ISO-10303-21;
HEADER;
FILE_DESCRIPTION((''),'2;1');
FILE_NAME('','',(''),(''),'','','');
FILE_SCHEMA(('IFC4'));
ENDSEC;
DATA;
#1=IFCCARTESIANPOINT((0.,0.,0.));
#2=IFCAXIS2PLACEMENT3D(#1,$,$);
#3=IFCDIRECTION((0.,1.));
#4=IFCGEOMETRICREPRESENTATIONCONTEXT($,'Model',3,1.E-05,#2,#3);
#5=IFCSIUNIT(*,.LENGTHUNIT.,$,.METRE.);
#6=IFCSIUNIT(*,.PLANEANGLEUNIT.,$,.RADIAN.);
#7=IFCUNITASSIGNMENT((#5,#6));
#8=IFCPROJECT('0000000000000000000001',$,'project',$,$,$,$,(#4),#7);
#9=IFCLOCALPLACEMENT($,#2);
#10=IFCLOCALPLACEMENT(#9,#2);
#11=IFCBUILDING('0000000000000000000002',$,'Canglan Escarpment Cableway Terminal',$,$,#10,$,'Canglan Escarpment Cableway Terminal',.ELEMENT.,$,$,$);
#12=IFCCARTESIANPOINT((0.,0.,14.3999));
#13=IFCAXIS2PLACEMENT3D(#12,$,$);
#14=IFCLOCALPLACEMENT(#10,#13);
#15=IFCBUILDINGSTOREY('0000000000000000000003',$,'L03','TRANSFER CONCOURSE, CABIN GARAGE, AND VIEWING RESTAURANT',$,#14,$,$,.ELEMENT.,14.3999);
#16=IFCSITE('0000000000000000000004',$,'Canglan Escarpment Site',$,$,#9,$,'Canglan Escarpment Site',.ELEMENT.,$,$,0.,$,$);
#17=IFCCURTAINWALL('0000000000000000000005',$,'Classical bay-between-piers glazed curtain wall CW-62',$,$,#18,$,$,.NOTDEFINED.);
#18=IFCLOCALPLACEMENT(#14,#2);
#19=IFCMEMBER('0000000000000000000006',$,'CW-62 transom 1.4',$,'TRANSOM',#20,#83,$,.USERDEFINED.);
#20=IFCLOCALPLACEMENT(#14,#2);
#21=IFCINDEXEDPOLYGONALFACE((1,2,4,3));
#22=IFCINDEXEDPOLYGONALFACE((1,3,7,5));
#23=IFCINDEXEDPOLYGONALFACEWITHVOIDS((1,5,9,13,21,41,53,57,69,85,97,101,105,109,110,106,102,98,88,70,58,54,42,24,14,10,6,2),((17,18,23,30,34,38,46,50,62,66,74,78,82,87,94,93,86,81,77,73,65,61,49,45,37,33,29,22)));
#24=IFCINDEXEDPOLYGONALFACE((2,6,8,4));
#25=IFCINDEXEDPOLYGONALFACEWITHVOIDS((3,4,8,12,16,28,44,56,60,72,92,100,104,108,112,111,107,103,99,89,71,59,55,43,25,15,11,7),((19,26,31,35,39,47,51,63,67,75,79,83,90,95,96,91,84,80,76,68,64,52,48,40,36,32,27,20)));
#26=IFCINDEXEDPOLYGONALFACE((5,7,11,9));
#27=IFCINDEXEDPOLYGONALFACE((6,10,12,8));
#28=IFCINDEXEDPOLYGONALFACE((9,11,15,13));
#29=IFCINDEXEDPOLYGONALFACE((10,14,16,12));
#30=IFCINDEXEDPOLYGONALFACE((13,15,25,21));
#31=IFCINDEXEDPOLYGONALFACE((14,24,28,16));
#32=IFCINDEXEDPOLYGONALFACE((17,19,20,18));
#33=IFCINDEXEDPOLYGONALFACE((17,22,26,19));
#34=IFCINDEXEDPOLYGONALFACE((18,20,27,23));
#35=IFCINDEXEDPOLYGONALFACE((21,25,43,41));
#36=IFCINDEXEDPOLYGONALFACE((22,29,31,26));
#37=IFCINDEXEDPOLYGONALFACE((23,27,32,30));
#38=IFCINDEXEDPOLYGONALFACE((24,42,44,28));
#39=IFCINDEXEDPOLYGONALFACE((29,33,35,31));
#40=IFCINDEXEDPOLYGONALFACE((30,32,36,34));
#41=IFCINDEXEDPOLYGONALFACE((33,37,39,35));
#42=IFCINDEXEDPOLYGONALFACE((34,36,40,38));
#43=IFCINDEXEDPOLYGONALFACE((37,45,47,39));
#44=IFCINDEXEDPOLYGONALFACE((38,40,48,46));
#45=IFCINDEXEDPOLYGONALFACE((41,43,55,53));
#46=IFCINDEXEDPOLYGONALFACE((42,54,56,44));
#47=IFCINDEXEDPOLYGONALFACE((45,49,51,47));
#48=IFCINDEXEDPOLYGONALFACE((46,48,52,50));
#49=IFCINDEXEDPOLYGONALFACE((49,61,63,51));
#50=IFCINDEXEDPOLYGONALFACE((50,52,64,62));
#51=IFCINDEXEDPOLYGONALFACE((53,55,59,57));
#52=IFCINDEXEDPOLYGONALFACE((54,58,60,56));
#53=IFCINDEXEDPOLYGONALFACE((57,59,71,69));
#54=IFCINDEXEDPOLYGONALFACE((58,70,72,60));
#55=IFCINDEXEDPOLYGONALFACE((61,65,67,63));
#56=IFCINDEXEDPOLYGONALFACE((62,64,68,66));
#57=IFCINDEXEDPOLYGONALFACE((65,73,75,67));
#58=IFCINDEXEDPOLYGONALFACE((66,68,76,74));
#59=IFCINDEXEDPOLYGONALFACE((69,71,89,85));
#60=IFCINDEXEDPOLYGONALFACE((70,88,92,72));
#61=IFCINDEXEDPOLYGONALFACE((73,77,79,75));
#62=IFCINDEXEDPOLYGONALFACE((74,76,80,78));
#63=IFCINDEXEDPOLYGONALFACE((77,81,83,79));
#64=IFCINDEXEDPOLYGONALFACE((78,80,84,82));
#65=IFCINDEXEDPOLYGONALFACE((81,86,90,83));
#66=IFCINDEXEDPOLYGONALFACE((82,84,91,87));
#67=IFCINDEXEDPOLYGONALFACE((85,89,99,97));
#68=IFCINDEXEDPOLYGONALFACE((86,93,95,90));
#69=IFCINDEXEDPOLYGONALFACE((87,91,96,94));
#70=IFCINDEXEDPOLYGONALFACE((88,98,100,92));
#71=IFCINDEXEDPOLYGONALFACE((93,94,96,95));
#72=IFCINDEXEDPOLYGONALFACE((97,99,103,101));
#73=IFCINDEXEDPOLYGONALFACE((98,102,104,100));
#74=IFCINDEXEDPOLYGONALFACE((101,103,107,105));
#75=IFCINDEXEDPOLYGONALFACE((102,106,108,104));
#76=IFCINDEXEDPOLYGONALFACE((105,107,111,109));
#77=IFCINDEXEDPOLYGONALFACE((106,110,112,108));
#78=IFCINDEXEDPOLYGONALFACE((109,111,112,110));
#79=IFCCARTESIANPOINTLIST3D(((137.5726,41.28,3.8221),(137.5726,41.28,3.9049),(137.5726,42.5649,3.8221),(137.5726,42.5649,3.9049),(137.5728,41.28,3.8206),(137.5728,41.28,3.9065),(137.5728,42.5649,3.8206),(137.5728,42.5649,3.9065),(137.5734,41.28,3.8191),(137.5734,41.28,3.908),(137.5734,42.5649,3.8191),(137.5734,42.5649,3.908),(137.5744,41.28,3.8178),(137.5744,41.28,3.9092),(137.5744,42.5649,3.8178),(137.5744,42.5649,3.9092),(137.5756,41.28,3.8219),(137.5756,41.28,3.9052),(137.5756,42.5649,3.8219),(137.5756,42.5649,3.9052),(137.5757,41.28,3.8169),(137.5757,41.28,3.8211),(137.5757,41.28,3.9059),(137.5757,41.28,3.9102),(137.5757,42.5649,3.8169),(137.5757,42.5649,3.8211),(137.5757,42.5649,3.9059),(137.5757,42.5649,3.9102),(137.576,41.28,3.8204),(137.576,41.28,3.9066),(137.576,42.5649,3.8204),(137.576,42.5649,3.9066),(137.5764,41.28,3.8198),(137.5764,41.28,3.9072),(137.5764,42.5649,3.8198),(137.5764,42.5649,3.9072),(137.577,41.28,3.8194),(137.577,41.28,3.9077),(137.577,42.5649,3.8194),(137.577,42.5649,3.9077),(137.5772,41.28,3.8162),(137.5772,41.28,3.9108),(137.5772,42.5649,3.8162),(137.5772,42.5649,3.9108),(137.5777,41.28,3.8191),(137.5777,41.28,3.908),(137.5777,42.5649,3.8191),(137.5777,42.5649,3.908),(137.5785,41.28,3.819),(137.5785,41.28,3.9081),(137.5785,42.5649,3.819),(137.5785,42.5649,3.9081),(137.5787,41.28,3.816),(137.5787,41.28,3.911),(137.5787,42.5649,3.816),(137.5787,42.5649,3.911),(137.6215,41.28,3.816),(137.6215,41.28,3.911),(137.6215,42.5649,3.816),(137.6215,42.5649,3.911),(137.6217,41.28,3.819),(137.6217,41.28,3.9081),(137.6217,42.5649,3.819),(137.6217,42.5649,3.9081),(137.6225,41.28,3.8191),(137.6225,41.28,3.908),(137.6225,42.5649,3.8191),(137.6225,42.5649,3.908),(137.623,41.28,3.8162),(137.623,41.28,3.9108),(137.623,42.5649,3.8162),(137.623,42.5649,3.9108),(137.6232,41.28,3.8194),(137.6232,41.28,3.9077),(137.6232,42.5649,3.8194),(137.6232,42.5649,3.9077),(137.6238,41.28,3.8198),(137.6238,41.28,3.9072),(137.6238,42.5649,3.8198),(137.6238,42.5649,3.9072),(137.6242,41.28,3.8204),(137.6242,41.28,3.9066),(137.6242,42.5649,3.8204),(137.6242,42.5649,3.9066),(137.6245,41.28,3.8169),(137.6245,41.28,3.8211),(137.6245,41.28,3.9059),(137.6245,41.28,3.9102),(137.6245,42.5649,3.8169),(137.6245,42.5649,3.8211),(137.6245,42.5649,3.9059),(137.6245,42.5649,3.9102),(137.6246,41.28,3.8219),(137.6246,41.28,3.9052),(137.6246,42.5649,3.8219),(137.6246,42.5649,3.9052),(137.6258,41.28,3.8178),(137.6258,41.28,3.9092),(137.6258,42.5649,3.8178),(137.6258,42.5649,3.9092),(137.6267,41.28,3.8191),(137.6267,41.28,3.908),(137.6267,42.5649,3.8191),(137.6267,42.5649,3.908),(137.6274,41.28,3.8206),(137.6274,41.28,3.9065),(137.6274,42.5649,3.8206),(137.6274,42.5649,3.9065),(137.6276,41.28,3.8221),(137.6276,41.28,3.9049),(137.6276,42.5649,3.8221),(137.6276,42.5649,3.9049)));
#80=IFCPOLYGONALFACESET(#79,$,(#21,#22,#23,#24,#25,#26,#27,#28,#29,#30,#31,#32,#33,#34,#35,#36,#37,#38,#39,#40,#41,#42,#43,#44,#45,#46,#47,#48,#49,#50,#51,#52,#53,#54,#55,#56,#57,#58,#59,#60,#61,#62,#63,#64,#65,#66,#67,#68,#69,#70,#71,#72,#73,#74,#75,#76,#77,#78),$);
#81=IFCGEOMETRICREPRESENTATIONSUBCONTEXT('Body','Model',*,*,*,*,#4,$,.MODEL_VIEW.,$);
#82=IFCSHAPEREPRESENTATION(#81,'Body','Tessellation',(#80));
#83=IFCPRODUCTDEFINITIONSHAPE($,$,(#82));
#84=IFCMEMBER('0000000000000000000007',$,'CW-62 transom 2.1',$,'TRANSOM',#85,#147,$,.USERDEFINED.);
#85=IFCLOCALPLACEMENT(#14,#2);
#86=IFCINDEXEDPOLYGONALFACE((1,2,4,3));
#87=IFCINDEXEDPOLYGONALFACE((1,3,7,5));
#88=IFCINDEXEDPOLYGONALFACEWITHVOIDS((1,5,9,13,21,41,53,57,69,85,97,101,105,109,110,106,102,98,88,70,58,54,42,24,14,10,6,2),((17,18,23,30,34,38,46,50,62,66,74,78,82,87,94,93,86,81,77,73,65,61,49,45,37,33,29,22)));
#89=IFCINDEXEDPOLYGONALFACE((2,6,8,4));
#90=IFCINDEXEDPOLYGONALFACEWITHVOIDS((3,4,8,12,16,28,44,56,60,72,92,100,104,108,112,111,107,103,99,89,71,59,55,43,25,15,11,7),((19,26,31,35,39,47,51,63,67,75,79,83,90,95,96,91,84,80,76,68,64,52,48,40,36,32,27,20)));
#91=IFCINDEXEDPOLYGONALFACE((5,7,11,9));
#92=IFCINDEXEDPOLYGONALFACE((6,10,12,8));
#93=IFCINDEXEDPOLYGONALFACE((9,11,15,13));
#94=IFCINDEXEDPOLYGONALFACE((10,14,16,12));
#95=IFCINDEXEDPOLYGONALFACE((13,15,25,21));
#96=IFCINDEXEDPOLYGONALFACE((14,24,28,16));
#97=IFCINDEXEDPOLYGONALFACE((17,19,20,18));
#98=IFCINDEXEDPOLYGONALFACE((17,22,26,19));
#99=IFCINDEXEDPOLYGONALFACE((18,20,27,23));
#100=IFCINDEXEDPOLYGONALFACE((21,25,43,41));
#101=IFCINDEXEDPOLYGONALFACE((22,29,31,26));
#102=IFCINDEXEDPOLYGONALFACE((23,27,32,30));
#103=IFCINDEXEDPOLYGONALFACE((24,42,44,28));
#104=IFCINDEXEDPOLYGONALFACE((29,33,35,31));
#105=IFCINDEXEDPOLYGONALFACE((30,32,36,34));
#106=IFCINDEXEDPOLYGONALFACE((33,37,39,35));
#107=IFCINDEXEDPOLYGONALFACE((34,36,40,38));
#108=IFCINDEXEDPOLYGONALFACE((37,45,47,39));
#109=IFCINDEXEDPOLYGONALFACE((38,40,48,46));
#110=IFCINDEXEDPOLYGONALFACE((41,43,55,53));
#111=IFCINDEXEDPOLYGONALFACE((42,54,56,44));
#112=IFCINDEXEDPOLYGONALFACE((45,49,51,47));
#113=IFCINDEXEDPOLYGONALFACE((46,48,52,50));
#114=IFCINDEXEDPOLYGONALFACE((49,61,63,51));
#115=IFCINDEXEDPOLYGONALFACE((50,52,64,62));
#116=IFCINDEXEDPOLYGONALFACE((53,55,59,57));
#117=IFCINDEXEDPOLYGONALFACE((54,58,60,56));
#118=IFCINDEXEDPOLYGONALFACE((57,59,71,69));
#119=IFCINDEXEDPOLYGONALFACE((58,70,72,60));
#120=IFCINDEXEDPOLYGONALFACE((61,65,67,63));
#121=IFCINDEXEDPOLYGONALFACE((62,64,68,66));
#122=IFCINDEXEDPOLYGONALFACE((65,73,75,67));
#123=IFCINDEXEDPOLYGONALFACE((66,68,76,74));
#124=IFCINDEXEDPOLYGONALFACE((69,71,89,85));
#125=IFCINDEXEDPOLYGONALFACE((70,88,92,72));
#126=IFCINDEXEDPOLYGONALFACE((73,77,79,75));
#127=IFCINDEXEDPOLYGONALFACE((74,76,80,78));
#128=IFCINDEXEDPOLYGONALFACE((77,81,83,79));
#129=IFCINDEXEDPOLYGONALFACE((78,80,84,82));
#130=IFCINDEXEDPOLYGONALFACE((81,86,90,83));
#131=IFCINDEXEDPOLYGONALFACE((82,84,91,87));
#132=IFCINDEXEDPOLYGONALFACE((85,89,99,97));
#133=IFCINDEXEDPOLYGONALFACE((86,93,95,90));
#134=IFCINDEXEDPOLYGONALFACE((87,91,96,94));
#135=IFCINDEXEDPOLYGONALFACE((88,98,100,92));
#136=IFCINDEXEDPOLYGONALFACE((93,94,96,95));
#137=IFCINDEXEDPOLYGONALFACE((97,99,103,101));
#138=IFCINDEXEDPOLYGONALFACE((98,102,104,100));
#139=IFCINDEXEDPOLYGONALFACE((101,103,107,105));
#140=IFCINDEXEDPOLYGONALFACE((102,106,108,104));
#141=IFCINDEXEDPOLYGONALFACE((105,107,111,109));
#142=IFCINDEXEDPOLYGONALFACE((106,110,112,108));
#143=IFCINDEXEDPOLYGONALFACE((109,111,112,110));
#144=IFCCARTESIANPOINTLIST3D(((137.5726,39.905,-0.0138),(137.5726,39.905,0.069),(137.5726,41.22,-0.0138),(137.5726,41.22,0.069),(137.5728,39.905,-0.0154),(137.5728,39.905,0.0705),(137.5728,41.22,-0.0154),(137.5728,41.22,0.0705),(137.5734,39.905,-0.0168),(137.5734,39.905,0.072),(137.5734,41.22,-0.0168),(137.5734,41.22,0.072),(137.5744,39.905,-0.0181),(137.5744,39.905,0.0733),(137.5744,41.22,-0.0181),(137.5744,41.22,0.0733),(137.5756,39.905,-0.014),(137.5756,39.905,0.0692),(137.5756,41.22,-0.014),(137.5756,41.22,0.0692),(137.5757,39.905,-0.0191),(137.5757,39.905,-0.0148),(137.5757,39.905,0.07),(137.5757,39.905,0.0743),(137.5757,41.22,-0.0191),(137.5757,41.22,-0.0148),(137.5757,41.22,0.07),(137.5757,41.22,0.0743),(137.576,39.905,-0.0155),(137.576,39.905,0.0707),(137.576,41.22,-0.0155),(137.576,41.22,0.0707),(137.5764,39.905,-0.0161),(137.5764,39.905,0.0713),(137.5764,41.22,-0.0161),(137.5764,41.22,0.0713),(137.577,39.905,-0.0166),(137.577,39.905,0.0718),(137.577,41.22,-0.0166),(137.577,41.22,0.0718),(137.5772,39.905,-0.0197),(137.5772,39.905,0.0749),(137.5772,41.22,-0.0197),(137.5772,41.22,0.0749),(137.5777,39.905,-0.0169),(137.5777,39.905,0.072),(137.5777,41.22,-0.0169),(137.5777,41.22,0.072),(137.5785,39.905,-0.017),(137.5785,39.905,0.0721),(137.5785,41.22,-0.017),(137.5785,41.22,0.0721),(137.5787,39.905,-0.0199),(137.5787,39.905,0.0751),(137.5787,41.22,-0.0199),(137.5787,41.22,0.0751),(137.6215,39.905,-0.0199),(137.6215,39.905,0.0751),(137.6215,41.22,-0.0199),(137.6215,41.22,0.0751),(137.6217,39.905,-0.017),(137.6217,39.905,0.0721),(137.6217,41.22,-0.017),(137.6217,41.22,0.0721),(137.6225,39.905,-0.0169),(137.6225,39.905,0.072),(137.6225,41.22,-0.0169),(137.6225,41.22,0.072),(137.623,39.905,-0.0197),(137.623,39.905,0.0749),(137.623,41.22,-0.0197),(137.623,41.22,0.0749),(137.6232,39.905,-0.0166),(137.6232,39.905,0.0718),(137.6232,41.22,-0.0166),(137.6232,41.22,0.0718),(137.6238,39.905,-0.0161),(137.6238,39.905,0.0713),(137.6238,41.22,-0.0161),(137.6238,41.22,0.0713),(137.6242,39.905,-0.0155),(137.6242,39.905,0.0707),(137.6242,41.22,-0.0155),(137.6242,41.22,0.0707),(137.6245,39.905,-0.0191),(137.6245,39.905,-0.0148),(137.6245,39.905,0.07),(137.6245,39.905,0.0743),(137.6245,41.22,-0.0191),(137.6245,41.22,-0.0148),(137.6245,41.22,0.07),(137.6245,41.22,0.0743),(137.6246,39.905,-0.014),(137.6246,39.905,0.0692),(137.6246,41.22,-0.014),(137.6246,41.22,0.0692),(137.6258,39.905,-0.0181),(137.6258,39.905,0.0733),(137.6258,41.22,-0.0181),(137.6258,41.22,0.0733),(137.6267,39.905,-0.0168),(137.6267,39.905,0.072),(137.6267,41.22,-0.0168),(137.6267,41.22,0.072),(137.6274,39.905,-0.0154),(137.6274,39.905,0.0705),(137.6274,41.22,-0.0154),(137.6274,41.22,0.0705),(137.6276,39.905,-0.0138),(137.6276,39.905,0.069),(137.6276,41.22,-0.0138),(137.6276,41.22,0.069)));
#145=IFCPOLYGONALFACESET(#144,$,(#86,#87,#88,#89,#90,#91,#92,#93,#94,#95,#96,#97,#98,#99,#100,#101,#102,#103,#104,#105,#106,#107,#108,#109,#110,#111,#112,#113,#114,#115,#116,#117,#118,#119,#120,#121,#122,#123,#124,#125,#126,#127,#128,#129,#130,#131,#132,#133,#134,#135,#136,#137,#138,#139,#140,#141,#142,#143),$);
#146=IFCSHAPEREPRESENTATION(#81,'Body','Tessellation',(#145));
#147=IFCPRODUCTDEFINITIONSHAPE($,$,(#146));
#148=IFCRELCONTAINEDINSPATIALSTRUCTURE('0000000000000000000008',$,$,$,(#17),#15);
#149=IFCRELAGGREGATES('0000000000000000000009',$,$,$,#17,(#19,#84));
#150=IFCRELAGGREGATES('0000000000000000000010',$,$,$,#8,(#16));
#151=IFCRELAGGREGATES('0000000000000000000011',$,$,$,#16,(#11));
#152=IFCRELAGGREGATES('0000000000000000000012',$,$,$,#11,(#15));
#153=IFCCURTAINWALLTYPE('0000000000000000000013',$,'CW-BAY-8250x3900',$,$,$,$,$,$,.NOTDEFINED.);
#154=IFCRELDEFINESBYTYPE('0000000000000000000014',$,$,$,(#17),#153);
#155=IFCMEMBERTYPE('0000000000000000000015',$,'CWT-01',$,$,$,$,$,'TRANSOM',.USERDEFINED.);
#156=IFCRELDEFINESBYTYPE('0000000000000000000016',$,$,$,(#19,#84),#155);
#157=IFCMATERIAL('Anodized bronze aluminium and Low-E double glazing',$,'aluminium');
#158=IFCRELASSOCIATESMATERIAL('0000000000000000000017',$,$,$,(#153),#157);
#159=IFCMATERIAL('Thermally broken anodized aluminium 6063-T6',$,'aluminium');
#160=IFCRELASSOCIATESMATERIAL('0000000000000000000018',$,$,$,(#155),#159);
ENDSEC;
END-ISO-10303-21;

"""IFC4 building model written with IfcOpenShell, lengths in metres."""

from ifc_helpers import new_model, si_unit, direction, frame, origin, origin_2d, place, context, subcontext, project, spatial, hollow_rectangle, extrude, material, material_profile, profile_set, type_object, element, aggregate, save


model = new_model("IFC4")

# Units and contexts
model_context = context("Model", 3, precision=1e-05, world=origin(), true_north=direction((0.0, 1.0)))
body_context = subcontext(model_context, "Body", "Model", "MODEL_VIEW")
ifc_project = project(units=[si_unit("LENGTHUNIT", "METRE"), si_unit("PLANEANGLEUNIT", "RADIAN")], contexts=[model_context])

# Site, building, storey
site_placement = place(None, origin())
site = spatial("IfcSite", under=ifc_project, at=site_placement, Name="Canglan Escarpment Site", LongName="Canglan Escarpment Site", CompositionType="ELEMENT", RefElevation=0.0)
building_placement = place(site_placement, origin())
building = spatial("IfcBuilding", under=site, at=building_placement, Name="Canglan Escarpment Cableway Terminal", LongName="Canglan Escarpment Cableway Terminal", CompositionType="ELEMENT")
storey_placement = place(building_placement, frame((0.0, 0.0, 14.3999)))
storey = spatial("IfcBuildingStorey", under=building, at=storey_placement, Name="L03", Description="TRANSFER CONCOURSE, CABIN GARAGE, AND VIEWING RESTAURANT", CompositionType="ELEMENT", Elevation=14.3999)

# Curtain wall, members
ifc_material_1 = material(Name="Anodized bronze aluminium and Low-E double glazing", Category="aluminium")
curtain_wall_type = type_object("IfcCurtainWallType", Name="CW-BAY-8250x3900", PredefinedType="NOTDEFINED", material=ifc_material_1)
curtain_wall_placement = place(storey_placement, origin())
curtain_wall = element("IfcCurtainWall", 1, at=curtain_wall_placement, inside=storey, type_object=curtain_wall_type, Name="Classical bay-between-piers glazed curtain wall CW-62", PredefinedType="NOTDEFINED")
ifc_material_2 = material(Name="Thermally broken anodized aluminium 6063-T6", Category="aluminium")
ifc_material_profile_1 = material_profile(ifc_material_2, hollow_rectangle(XDim=0.0549, YDim=0.095, WallThickness=0.0029, InnerFilletRadius=0.0029, OuterFilletRadius=0.0061, at=origin_2d()), Name="ALU-TRAN 55x95x3")
ifc_profile_set_1 = profile_set([ifc_material_profile_1], Name="Thermally broken anodized aluminium 6063-T6")
member_type_1 = type_object("IfcMemberType", Name="CWT-01", ElementType="TRANSOM", PredefinedType="USERDEFINED", material=ifc_profile_set_1)
member_1_placement = place(storey_placement, frame((137.6001, 42.5649, 3.8635), z_axis=(0.0, -1.0, 0.0), x_axis=(1.0, 0.0, 0.0)))
member_1 = element("IfcMember", 2, at=member_1_placement, type_object=member_type_1, Name="CW-62 transom 1.4", ObjectType="TRANSOM", PredefinedType="USERDEFINED", context=body_context, shape_type="SweptSolid", body=[
    extrude(hollow_rectangle(XDim=0.0549, YDim=0.095, WallThickness=0.0029, InnerFilletRadius=0.0029, OuterFilletRadius=0.0061, at=origin_2d()), origin(), (0.0, 0.0, 1.0), 1.2849),
])
member_2_placement = place(storey_placement, frame((137.6001, 41.22, 0.0276), z_axis=(0.0, -1.0, 0.0), x_axis=(1.0, 0.0, 0.0)))
member_2 = element("IfcMember", 3, at=member_2_placement, type_object=member_type_1, Name="CW-62 transom 2.1", ObjectType="TRANSOM", PredefinedType="USERDEFINED", context=body_context, shape_type="SweptSolid", body=[
    extrude(hollow_rectangle(XDim=0.0549, YDim=0.095, WallThickness=0.0029, InnerFilletRadius=0.0029, OuterFilletRadius=0.0061, at=origin_2d()), origin(), (0.0, 0.0, 1.0), 1.3149),
])
aggregate(curtain_wall, [member_1, member_2])

save(model, "model.ifc")
